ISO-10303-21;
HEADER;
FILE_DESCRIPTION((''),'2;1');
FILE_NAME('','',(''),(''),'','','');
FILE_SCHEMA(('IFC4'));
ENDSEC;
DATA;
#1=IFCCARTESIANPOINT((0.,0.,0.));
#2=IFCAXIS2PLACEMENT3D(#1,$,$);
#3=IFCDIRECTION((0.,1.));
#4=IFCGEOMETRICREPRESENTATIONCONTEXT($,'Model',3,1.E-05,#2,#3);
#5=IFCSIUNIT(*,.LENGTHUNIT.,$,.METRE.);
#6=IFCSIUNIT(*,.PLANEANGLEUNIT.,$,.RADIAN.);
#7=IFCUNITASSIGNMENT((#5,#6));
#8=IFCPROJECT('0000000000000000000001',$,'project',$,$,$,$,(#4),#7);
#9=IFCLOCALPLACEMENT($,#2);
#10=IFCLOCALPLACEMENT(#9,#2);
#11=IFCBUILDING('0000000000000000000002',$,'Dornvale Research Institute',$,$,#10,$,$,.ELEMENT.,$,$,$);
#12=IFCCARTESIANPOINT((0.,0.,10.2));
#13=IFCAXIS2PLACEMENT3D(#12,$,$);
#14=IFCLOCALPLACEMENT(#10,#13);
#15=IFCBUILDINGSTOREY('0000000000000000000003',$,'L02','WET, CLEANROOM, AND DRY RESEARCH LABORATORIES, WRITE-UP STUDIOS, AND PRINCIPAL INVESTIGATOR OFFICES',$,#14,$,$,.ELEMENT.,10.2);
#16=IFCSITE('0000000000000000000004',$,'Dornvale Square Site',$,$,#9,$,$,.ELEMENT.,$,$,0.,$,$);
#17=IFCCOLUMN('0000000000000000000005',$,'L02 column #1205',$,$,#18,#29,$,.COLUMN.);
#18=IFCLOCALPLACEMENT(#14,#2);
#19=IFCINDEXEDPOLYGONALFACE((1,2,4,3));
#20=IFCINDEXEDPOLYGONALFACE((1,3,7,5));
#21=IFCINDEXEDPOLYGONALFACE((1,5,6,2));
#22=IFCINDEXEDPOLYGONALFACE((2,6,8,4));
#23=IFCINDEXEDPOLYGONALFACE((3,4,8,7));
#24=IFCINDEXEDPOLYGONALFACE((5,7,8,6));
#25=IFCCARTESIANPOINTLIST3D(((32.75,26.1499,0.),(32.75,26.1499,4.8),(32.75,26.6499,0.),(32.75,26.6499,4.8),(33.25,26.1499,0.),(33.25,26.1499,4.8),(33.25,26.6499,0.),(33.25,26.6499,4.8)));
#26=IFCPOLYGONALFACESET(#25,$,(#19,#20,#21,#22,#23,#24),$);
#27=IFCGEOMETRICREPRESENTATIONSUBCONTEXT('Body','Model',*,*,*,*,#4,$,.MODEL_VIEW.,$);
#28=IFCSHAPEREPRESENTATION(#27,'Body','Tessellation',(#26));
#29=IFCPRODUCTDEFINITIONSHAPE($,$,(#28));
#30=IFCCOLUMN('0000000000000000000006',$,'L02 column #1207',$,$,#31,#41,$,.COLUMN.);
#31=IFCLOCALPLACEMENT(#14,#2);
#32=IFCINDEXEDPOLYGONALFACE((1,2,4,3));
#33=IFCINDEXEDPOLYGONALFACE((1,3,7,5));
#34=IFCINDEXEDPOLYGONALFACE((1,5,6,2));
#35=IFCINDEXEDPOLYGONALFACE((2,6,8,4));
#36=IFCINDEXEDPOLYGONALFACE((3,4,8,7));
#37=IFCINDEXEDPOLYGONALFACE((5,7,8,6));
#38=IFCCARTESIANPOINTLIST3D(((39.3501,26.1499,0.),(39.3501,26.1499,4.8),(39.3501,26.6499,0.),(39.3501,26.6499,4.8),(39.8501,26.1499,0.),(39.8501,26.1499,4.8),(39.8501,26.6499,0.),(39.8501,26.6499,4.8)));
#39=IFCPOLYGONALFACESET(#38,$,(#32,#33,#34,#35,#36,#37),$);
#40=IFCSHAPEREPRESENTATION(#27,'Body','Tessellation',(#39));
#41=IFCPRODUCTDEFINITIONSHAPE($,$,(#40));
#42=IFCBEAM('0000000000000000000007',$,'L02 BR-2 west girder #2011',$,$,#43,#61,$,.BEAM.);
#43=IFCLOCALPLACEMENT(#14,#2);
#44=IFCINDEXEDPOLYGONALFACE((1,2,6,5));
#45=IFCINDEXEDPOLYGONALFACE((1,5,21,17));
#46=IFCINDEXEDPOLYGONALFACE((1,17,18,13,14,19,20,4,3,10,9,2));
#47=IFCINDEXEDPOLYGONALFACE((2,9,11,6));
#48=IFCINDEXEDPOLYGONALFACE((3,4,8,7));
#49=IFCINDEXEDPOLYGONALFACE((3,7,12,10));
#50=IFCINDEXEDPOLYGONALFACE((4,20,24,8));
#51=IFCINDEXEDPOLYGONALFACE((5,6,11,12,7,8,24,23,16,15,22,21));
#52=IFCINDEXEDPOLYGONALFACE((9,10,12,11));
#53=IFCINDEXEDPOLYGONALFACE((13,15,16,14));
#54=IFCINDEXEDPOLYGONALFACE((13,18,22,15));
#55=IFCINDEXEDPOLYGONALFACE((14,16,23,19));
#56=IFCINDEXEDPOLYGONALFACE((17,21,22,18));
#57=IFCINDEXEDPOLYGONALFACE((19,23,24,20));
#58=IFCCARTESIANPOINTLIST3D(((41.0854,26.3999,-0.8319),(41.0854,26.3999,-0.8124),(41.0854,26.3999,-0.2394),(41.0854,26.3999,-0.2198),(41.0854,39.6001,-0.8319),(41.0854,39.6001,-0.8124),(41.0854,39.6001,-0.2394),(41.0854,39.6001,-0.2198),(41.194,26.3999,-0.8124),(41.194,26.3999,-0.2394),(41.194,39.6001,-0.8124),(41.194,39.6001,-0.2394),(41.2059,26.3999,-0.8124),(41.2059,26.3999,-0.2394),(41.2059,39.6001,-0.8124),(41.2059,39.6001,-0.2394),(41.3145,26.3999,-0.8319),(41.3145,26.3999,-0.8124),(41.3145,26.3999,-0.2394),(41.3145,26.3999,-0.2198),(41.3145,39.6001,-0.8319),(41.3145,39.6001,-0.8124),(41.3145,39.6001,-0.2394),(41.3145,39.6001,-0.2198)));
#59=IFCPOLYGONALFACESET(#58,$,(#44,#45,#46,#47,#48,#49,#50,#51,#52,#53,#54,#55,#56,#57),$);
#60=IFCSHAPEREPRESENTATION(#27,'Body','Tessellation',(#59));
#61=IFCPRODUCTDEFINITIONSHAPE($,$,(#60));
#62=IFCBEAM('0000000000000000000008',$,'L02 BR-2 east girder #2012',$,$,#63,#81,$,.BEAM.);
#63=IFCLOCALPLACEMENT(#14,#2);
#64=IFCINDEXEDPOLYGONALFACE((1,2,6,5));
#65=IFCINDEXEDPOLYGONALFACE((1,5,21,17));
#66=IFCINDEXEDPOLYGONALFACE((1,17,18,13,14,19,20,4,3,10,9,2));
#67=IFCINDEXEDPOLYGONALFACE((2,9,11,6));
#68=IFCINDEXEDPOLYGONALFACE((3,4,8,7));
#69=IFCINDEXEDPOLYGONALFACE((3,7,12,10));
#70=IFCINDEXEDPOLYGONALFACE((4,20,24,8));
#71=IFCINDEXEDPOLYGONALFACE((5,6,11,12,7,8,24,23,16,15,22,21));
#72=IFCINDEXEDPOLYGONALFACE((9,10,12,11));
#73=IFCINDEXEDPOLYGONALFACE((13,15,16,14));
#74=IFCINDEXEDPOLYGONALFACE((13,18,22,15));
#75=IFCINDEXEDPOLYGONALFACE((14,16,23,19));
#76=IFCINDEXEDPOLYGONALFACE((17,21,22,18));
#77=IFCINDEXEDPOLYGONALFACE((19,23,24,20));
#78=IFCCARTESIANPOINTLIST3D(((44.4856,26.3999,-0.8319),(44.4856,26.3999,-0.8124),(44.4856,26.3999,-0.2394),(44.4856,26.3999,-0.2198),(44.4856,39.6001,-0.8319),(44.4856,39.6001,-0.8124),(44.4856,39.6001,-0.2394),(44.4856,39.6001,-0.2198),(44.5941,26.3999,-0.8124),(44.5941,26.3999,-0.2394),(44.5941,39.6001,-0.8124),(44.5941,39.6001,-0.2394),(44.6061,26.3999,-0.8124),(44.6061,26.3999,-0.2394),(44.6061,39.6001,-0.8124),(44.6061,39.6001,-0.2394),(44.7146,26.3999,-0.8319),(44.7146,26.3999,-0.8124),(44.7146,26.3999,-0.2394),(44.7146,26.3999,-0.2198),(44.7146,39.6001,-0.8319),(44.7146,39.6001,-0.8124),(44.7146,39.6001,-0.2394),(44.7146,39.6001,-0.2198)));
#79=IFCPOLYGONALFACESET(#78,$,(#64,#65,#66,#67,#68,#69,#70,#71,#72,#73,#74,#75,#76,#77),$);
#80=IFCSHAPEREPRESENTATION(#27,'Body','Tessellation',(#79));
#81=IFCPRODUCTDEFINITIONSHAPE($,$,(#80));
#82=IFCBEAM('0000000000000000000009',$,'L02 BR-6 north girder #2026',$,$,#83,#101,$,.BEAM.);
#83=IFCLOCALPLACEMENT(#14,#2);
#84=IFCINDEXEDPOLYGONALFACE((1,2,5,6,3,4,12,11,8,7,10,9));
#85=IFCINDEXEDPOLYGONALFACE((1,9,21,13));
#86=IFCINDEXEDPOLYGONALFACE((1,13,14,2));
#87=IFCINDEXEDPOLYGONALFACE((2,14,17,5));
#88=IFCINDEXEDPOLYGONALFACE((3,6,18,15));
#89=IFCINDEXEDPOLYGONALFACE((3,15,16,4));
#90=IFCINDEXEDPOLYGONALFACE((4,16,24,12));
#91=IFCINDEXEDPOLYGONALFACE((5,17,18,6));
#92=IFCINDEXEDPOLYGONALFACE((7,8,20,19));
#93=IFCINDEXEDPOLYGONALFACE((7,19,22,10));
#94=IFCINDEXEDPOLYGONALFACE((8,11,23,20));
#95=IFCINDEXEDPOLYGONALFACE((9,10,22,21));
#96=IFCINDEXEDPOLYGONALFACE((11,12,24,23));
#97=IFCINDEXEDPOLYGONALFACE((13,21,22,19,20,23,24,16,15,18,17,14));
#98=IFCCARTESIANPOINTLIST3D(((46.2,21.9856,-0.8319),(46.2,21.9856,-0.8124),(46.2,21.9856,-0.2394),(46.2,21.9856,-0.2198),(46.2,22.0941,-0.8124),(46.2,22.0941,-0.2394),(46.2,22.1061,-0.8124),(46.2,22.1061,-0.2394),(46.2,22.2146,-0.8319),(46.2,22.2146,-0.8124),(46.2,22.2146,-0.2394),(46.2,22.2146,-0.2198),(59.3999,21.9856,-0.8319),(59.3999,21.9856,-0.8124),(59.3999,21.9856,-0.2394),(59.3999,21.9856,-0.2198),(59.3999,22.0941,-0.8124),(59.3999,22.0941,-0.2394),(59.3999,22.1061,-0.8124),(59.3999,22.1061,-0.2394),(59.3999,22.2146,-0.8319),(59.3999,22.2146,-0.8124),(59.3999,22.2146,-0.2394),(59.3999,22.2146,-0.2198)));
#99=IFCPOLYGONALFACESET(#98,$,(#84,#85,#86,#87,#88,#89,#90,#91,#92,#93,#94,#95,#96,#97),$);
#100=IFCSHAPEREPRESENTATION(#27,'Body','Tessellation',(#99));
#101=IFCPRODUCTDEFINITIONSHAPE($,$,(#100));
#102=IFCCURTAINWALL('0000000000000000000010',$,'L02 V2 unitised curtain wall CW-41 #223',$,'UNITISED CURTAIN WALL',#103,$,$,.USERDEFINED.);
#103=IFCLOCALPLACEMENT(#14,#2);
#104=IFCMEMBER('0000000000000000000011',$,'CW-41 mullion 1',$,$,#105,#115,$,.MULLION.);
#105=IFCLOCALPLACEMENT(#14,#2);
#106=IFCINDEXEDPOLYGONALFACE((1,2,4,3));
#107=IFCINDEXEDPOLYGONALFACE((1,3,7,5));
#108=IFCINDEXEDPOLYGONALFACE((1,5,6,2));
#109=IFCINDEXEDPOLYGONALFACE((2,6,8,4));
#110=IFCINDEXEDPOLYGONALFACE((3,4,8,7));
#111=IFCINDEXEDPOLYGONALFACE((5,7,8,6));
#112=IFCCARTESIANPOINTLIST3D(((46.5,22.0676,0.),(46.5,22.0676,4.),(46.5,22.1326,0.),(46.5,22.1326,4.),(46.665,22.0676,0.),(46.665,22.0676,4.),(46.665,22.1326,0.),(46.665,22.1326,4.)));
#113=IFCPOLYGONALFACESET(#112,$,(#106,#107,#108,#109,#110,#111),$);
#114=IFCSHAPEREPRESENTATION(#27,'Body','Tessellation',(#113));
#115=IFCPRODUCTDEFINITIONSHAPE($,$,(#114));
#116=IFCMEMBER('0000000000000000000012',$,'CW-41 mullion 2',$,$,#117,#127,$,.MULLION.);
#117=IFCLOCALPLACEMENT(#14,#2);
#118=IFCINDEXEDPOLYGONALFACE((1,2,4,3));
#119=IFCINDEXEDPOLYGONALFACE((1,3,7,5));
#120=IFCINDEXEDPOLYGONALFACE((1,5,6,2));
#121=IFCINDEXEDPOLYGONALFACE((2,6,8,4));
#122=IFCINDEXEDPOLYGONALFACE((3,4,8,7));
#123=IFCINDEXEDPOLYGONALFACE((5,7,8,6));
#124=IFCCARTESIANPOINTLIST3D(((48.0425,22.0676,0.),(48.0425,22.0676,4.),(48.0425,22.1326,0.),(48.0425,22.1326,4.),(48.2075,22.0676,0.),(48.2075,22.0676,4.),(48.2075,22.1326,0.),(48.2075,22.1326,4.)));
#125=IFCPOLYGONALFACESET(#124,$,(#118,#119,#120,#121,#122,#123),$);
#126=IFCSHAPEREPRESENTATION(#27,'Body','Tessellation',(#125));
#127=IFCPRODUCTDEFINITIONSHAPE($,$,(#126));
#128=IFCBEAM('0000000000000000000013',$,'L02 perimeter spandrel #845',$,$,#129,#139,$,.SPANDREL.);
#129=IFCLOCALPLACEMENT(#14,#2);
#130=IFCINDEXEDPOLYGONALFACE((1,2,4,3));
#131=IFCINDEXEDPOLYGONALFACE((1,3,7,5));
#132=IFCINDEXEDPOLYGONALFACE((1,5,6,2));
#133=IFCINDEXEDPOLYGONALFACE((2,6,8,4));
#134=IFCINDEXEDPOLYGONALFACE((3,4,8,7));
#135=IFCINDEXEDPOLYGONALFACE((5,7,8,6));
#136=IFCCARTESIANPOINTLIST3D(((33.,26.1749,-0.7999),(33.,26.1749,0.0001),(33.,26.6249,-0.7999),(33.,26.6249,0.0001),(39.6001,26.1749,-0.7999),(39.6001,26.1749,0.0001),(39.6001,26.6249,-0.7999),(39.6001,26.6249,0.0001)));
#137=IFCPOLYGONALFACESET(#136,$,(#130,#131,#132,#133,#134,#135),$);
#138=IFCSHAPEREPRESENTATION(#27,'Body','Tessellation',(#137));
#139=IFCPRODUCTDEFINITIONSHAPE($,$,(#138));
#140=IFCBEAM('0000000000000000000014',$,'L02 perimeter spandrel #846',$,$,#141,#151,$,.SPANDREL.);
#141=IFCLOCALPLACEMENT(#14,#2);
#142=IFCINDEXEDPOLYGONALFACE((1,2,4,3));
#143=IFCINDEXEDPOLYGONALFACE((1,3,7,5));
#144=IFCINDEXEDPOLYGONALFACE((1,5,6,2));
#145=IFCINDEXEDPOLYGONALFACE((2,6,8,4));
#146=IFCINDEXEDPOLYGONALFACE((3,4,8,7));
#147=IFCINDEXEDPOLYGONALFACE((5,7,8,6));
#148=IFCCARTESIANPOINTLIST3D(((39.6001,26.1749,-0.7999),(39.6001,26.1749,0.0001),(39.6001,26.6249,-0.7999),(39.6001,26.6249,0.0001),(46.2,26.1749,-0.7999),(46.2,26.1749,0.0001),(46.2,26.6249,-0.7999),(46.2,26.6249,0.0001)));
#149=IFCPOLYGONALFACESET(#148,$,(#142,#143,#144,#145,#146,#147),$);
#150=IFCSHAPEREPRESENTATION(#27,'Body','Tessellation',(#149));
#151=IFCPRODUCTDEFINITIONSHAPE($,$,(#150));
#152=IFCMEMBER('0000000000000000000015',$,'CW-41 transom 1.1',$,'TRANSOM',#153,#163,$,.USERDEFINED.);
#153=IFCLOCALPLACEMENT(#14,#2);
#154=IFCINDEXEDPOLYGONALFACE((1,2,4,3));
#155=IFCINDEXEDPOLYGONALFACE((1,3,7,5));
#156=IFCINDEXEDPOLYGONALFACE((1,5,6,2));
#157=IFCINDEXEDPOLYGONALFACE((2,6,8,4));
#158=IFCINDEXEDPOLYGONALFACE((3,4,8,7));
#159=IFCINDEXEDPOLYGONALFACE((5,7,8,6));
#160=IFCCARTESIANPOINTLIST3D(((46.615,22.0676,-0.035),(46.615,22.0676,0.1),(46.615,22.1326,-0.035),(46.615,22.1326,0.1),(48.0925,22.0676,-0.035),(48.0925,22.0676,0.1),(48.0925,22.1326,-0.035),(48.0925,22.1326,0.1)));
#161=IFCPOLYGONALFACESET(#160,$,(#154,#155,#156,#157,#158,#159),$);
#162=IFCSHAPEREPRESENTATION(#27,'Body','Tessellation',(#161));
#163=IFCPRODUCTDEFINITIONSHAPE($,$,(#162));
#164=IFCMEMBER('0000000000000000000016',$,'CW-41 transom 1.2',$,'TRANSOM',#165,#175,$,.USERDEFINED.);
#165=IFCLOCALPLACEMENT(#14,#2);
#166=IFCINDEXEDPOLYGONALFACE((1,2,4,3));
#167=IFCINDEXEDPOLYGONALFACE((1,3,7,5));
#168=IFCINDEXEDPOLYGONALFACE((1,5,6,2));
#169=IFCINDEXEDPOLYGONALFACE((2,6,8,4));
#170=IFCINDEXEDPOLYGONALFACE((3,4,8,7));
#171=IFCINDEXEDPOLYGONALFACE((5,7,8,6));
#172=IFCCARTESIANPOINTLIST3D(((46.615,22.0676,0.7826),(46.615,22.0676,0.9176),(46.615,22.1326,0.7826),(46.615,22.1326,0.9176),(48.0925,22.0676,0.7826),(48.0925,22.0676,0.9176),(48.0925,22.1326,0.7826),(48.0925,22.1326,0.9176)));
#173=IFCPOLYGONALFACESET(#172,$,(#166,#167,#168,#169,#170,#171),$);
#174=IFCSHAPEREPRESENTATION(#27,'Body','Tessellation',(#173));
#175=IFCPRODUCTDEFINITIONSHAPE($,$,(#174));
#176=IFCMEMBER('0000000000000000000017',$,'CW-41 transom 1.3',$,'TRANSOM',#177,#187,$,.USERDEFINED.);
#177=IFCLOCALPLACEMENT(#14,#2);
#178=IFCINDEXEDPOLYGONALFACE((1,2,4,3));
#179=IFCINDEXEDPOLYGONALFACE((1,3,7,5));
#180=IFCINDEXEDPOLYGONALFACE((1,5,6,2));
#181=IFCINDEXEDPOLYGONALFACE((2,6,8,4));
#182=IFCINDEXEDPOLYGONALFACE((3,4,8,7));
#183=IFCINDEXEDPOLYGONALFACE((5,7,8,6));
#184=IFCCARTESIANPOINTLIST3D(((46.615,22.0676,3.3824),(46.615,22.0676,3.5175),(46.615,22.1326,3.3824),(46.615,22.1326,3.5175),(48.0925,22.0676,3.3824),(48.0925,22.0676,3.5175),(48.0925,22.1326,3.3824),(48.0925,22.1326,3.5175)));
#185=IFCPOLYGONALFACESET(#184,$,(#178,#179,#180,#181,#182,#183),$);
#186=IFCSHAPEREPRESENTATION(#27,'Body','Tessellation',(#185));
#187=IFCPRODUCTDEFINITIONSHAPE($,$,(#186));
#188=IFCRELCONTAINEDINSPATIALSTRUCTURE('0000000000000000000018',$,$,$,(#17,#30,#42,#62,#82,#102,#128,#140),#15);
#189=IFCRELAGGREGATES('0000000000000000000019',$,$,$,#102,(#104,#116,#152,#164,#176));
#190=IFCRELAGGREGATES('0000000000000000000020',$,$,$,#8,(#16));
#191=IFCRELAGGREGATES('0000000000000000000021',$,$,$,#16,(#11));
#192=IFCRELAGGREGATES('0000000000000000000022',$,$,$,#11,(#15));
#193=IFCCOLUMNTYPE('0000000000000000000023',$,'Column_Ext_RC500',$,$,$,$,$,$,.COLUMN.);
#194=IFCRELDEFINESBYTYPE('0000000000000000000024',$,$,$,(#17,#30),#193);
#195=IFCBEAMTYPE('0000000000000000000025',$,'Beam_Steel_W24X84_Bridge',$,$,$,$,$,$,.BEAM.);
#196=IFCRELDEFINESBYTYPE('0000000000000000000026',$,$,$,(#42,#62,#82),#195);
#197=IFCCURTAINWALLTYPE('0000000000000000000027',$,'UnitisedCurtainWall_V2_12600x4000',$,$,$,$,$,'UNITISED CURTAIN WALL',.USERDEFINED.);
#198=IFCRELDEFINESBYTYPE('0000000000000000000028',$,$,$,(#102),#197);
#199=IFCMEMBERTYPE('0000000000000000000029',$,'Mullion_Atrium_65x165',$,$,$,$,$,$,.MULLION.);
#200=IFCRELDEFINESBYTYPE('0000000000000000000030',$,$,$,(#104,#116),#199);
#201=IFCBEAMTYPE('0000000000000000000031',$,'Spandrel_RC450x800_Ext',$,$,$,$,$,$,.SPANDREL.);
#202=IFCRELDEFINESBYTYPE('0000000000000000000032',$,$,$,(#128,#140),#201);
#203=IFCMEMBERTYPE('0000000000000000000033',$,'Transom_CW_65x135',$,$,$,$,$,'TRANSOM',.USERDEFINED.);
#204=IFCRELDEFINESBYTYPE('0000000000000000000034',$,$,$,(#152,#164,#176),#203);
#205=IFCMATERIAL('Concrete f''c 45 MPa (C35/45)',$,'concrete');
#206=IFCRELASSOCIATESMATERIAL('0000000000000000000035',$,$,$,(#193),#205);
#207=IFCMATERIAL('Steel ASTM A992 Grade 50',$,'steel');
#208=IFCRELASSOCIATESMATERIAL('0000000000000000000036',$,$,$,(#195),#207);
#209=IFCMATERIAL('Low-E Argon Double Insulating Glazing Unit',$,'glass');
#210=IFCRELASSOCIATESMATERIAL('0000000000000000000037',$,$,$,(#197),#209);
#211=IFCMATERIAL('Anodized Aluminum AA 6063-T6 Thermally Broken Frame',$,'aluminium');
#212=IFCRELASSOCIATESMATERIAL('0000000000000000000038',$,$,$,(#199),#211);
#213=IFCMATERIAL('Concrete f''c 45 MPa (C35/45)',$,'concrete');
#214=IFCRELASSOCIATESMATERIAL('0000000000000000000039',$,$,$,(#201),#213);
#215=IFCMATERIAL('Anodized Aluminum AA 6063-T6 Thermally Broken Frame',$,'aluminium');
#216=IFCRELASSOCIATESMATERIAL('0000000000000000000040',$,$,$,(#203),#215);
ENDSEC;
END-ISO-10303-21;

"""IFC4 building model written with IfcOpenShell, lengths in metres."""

from ifc_helpers import new_model, si_unit, direction, frame, origin, origin_2d, place, context, subcontext, project, spatial, rectangle, i_section, extrude, material, material_profile, profile_set, type_object, element, aggregate, save


model = new_model("IFC4")

# Units and contexts
model_context = context("Model", 3, precision=1e-05, world=origin(), true_north=direction((0.0, 1.0)))
body_context = subcontext(model_context, "Body", "Model", "MODEL_VIEW")
ifc_project = project(units=[si_unit("LENGTHUNIT", "METRE"), si_unit("PLANEANGLEUNIT", "RADIAN")], contexts=[model_context])

# Site, building, storey
site_placement = place(None, origin())
site = spatial("IfcSite", under=ifc_project, at=site_placement, Name="Dornvale Square Site", CompositionType="ELEMENT", RefElevation=0.0)
building_placement = place(site_placement, origin())
building = spatial("IfcBuilding", under=site, at=building_placement, Name="Dornvale Research Institute", CompositionType="ELEMENT")
storey_placement = place(building_placement, frame((0.0, 0.0, 10.2)))
storey = spatial("IfcBuildingStorey", under=building, at=storey_placement, Name="L02", Description="WET, CLEANROOM, AND DRY RESEARCH LABORATORIES, WRITE-UP STUDIOS, AND PRINCIPAL INVESTIGATOR OFFICES", CompositionType="ELEMENT", Elevation=10.2)

# Columns
ifc_material_1 = material(Name="Concrete f'c 45 MPa (C35/45)", Category="concrete")
ifc_material_profile_1 = material_profile(ifc_material_1, rectangle(XDim=0.5, YDim=0.5, at=origin_2d()), Name="RC 500x500")
ifc_profile_set_1 = profile_set([ifc_material_profile_1], Name="Concrete f'c 45 MPa (C35/45)")
column_type = type_object("IfcColumnType", Name="Column_Ext_RC500", PredefinedType="COLUMN", material=ifc_profile_set_1)
for number, where, z_axis, x_axis, name in (
    (1, (33.0, 26.3999, 0.0), (0.0, 0.0, 1.0), (1.0, 0.0, 0.0), "L02 column #1205"),
    (2, (39.6001, 26.3999, 0.0), (0.0, 0.0, 1.0), (1.0, 0.0, 0.0), "L02 column #1207"),
):
    element("IfcColumn", number, at=place(storey_placement, frame(where, z_axis=z_axis, x_axis=x_axis)), inside=storey, type_object=column_type, Name=name, PredefinedType="COLUMN", context=body_context, shape_type="SweptSolid", body=[
        extrude(rectangle(XDim=0.5, YDim=0.5, at=origin_2d()), origin(), (0.0, 0.0, 1.0), 4.8),
    ])

# Beams
ifc_material_2 = material(Name="Steel ASTM A992 Grade 50", Category="steel")
ifc_material_profile_2 = material_profile(ifc_material_2, i_section(OverallWidth=0.229, OverallDepth=0.6121, WebThickness=0.012, FlangeThickness=0.0195, at=origin_2d()), Name="W24X84")
ifc_profile_set_2 = profile_set([ifc_material_profile_2], Name="Steel ASTM A992 Grade 50")
beam_type_1 = type_object("IfcBeamType", Name="Beam_Steel_W24X84_Bridge", PredefinedType="BEAM", material=ifc_profile_set_2)
for number, where, z_axis, x_axis, name in (
    (3, (41.2, 26.3999, -0.5259), (0.0, 1.0, 0.0), (-1.0, 0.0, 0.0), "L02 BR-2 west girder #2011"),
    (4, (44.6001, 26.3999, -0.5259), (0.0, 1.0, 0.0), (-1.0, 0.0, 0.0), "L02 BR-2 east girder #2012"),
):
    element("IfcBeam", number, at=place(storey_placement, frame(where, z_axis=z_axis, x_axis=x_axis)), inside=storey, type_object=beam_type_1, Name=name, PredefinedType="BEAM", context=body_context, shape_type="SweptSolid", body=[
        extrude(i_section(OverallWidth=0.229, OverallDepth=0.6121, WebThickness=0.012, FlangeThickness=0.0195, at=origin_2d()), origin(), (0.0, 0.0, 1.0), 13.2002),
    ])
beam_1_placement = place(storey_placement, frame((46.2, 22.1001, -0.5259), z_axis=(1.0, 0.0, 0.0), x_axis=(0.0, 1.0, 0.0)))
element("IfcBeam", 5, at=beam_1_placement, inside=storey, type_object=beam_type_1, Name="L02 BR-6 north girder #2026", PredefinedType="BEAM", context=body_context, shape_type="SweptSolid", body=[
    extrude(i_section(OverallWidth=0.229, OverallDepth=0.6121, WebThickness=0.012, FlangeThickness=0.0195, at=origin_2d()), origin(), (0.0, 0.0, 1.0), 13.2),
])

# Curtain wall, members
ifc_material_3 = material(Name="Low-E Argon Double Insulating Glazing Unit", Category="glass")
curtain_wall_type = type_object("IfcCurtainWallType", Name="UnitisedCurtainWall_V2_12600x4000", ElementType="UNITISED CURTAIN WALL", PredefinedType="USERDEFINED", material=ifc_material_3)
curtain_wall_placement = place(storey_placement, origin())
curtain_wall = element("IfcCurtainWall", 6, at=curtain_wall_placement, inside=storey, type_object=curtain_wall_type, Name="L02 V2 unitised curtain wall CW-41 #223", ObjectType="UNITISED CURTAIN WALL", PredefinedType="USERDEFINED")
ifc_material_4 = material(Name="Anodized Aluminum AA 6063-T6 Thermally Broken Frame", Category="aluminium")
ifc_material_profile_3 = material_profile(ifc_material_4, rectangle(XDim=0.0649, YDim=0.165, at=origin_2d()), Name="ALU MULLION 65x165")
ifc_profile_set_3 = profile_set([ifc_material_profile_3], Name="Anodized Aluminum AA 6063-T6 Thermally Broken Frame")
member_type_1 = type_object("IfcMemberType", Name="Mullion_Atrium_65x165", PredefinedType="MULLION", material=ifc_profile_set_3)
member_1_placement = place(storey_placement, frame((46.5825, 22.1001, 0.0), z_axis=(0.0, 0.0, 1.0), x_axis=(0.0, 1.0, 0.0)))
member_1 = element("IfcMember", 7, at=member_1_placement, type_object=member_type_1, Name="CW-41 mullion 1", PredefinedType="MULLION", context=body_context, shape_type="SweptSolid", body=[
    extrude(rectangle(XDim=0.0649, YDim=0.165, at=origin_2d()), origin(), (0.0, 0.0, 1.0), 4.0),
])
member_2_placement = place(storey_placement, frame((48.125, 22.1001, 0.0), z_axis=(0.0, 0.0, 1.0), x_axis=(0.0, 1.0, 0.0)))
member_2 = element("IfcMember", 8, at=member_2_placement, type_object=member_type_1, Name="CW-41 mullion 2", PredefinedType="MULLION", context=body_context, shape_type="SweptSolid", body=[
    extrude(rectangle(XDim=0.0649, YDim=0.165, at=origin_2d()), origin(), (0.0, 0.0, 1.0), 4.0),
])

# Beams
ifc_material_5 = material(Name="Concrete f'c 45 MPa (C35/45)", Category="concrete")
ifc_material_profile_4 = material_profile(ifc_material_5, rectangle(XDim=0.45, YDim=0.8, at=origin_2d()), Name="RC 450x800")
ifc_profile_set_4 = profile_set([ifc_material_profile_4], Name="Concrete f'c 45 MPa (C35/45)")
beam_type_2 = type_object("IfcBeamType", Name="Spandrel_RC450x800_Ext", PredefinedType="SPANDREL", material=ifc_profile_set_4)
beam_2_placement = place(storey_placement, frame((33.0, 26.3999, -0.3999), z_axis=(1.0, 0.0, 0.0), x_axis=(0.0, 1.0, 0.0)))
element("IfcBeam", 9, at=beam_2_placement, inside=storey, type_object=beam_type_2, Name="L02 perimeter spandrel #845", PredefinedType="SPANDREL", context=body_context, shape_type="SweptSolid", body=[
    extrude(rectangle(XDim=0.45, YDim=0.8, at=origin_2d()), origin(), (0.0, 0.0, 1.0), 6.6001),
])
beam_3_placement = place(storey_placement, frame((39.6001, 26.3999, -0.3999), z_axis=(1.0, 0.0, 0.0), x_axis=(0.0, 1.0, 0.0)))
element("IfcBeam", 10, at=beam_3_placement, inside=storey, type_object=beam_type_2, Name="L02 perimeter spandrel #846", PredefinedType="SPANDREL", context=body_context, shape_type="SweptSolid", body=[
    extrude(rectangle(XDim=0.45, YDim=0.8, at=origin_2d()), origin(), (0.0, 0.0, 1.0), 6.5999),
])

# Members
ifc_material_6 = material(Name="Anodized Aluminum AA 6063-T6 Thermally Broken Frame", Category="aluminium")
ifc_material_profile_5 = material_profile(ifc_material_6, rectangle(XDim=0.0649, YDim=0.135, at=origin_2d()), Name="ALU TRANSOM 65x135")
ifc_profile_set_5 = profile_set([ifc_material_profile_5], Name="Anodized Aluminum AA 6063-T6 Thermally Broken Frame")
member_type_2 = type_object("IfcMemberType", Name="Transom_CW_65x135", ElementType="TRANSOM", PredefinedType="USERDEFINED", material=ifc_profile_set_5)
member_3_placement = place(storey_placement, frame((46.615, 22.1001, 0.0325), z_axis=(1.0, 0.0, 0.0), x_axis=(0.0, 1.0, 0.0)))
member_3 = element("IfcMember", 11, at=member_3_placement, type_object=member_type_2, Name="CW-41 transom 1.1", ObjectType="TRANSOM", PredefinedType="USERDEFINED", context=body_context, shape_type="SweptSolid", body=[
    extrude(rectangle(XDim=0.0649, YDim=0.135, at=origin_2d()), origin(), (0.0, 0.0, 1.0), 1.4775),
])
member_4_placement = place(storey_placement, frame((46.615, 22.1001, 0.8501), z_axis=(1.0, 0.0, 0.0), x_axis=(0.0, 1.0, 0.0)))
member_4 = element("IfcMember", 12, at=member_4_placement, type_object=member_type_2, Name="CW-41 transom 1.2", ObjectType="TRANSOM", PredefinedType="USERDEFINED", context=body_context, shape_type="SweptSolid", body=[
    extrude(rectangle(XDim=0.0649, YDim=0.135, at=origin_2d()), origin(), (0.0, 0.0, 1.0), 1.4775),
])
member_5_placement = place(storey_placement, frame((46.615, 22.1001, 3.45), z_axis=(1.0, 0.0, 0.0), x_axis=(0.0, 1.0, 0.0)))
member_5 = element("IfcMember", 13, at=member_5_placement, type_object=member_type_2, Name="CW-41 transom 1.3", ObjectType="TRANSOM", PredefinedType="USERDEFINED", context=body_context, shape_type="SweptSolid", body=[
    extrude(rectangle(XDim=0.0649, YDim=0.135, at=origin_2d()), origin(), (0.0, 0.0, 1.0), 1.4775),
])

aggregate(curtain_wall, [member_1, member_2, member_3, member_4, member_5])

save(model, "model.ifc")
